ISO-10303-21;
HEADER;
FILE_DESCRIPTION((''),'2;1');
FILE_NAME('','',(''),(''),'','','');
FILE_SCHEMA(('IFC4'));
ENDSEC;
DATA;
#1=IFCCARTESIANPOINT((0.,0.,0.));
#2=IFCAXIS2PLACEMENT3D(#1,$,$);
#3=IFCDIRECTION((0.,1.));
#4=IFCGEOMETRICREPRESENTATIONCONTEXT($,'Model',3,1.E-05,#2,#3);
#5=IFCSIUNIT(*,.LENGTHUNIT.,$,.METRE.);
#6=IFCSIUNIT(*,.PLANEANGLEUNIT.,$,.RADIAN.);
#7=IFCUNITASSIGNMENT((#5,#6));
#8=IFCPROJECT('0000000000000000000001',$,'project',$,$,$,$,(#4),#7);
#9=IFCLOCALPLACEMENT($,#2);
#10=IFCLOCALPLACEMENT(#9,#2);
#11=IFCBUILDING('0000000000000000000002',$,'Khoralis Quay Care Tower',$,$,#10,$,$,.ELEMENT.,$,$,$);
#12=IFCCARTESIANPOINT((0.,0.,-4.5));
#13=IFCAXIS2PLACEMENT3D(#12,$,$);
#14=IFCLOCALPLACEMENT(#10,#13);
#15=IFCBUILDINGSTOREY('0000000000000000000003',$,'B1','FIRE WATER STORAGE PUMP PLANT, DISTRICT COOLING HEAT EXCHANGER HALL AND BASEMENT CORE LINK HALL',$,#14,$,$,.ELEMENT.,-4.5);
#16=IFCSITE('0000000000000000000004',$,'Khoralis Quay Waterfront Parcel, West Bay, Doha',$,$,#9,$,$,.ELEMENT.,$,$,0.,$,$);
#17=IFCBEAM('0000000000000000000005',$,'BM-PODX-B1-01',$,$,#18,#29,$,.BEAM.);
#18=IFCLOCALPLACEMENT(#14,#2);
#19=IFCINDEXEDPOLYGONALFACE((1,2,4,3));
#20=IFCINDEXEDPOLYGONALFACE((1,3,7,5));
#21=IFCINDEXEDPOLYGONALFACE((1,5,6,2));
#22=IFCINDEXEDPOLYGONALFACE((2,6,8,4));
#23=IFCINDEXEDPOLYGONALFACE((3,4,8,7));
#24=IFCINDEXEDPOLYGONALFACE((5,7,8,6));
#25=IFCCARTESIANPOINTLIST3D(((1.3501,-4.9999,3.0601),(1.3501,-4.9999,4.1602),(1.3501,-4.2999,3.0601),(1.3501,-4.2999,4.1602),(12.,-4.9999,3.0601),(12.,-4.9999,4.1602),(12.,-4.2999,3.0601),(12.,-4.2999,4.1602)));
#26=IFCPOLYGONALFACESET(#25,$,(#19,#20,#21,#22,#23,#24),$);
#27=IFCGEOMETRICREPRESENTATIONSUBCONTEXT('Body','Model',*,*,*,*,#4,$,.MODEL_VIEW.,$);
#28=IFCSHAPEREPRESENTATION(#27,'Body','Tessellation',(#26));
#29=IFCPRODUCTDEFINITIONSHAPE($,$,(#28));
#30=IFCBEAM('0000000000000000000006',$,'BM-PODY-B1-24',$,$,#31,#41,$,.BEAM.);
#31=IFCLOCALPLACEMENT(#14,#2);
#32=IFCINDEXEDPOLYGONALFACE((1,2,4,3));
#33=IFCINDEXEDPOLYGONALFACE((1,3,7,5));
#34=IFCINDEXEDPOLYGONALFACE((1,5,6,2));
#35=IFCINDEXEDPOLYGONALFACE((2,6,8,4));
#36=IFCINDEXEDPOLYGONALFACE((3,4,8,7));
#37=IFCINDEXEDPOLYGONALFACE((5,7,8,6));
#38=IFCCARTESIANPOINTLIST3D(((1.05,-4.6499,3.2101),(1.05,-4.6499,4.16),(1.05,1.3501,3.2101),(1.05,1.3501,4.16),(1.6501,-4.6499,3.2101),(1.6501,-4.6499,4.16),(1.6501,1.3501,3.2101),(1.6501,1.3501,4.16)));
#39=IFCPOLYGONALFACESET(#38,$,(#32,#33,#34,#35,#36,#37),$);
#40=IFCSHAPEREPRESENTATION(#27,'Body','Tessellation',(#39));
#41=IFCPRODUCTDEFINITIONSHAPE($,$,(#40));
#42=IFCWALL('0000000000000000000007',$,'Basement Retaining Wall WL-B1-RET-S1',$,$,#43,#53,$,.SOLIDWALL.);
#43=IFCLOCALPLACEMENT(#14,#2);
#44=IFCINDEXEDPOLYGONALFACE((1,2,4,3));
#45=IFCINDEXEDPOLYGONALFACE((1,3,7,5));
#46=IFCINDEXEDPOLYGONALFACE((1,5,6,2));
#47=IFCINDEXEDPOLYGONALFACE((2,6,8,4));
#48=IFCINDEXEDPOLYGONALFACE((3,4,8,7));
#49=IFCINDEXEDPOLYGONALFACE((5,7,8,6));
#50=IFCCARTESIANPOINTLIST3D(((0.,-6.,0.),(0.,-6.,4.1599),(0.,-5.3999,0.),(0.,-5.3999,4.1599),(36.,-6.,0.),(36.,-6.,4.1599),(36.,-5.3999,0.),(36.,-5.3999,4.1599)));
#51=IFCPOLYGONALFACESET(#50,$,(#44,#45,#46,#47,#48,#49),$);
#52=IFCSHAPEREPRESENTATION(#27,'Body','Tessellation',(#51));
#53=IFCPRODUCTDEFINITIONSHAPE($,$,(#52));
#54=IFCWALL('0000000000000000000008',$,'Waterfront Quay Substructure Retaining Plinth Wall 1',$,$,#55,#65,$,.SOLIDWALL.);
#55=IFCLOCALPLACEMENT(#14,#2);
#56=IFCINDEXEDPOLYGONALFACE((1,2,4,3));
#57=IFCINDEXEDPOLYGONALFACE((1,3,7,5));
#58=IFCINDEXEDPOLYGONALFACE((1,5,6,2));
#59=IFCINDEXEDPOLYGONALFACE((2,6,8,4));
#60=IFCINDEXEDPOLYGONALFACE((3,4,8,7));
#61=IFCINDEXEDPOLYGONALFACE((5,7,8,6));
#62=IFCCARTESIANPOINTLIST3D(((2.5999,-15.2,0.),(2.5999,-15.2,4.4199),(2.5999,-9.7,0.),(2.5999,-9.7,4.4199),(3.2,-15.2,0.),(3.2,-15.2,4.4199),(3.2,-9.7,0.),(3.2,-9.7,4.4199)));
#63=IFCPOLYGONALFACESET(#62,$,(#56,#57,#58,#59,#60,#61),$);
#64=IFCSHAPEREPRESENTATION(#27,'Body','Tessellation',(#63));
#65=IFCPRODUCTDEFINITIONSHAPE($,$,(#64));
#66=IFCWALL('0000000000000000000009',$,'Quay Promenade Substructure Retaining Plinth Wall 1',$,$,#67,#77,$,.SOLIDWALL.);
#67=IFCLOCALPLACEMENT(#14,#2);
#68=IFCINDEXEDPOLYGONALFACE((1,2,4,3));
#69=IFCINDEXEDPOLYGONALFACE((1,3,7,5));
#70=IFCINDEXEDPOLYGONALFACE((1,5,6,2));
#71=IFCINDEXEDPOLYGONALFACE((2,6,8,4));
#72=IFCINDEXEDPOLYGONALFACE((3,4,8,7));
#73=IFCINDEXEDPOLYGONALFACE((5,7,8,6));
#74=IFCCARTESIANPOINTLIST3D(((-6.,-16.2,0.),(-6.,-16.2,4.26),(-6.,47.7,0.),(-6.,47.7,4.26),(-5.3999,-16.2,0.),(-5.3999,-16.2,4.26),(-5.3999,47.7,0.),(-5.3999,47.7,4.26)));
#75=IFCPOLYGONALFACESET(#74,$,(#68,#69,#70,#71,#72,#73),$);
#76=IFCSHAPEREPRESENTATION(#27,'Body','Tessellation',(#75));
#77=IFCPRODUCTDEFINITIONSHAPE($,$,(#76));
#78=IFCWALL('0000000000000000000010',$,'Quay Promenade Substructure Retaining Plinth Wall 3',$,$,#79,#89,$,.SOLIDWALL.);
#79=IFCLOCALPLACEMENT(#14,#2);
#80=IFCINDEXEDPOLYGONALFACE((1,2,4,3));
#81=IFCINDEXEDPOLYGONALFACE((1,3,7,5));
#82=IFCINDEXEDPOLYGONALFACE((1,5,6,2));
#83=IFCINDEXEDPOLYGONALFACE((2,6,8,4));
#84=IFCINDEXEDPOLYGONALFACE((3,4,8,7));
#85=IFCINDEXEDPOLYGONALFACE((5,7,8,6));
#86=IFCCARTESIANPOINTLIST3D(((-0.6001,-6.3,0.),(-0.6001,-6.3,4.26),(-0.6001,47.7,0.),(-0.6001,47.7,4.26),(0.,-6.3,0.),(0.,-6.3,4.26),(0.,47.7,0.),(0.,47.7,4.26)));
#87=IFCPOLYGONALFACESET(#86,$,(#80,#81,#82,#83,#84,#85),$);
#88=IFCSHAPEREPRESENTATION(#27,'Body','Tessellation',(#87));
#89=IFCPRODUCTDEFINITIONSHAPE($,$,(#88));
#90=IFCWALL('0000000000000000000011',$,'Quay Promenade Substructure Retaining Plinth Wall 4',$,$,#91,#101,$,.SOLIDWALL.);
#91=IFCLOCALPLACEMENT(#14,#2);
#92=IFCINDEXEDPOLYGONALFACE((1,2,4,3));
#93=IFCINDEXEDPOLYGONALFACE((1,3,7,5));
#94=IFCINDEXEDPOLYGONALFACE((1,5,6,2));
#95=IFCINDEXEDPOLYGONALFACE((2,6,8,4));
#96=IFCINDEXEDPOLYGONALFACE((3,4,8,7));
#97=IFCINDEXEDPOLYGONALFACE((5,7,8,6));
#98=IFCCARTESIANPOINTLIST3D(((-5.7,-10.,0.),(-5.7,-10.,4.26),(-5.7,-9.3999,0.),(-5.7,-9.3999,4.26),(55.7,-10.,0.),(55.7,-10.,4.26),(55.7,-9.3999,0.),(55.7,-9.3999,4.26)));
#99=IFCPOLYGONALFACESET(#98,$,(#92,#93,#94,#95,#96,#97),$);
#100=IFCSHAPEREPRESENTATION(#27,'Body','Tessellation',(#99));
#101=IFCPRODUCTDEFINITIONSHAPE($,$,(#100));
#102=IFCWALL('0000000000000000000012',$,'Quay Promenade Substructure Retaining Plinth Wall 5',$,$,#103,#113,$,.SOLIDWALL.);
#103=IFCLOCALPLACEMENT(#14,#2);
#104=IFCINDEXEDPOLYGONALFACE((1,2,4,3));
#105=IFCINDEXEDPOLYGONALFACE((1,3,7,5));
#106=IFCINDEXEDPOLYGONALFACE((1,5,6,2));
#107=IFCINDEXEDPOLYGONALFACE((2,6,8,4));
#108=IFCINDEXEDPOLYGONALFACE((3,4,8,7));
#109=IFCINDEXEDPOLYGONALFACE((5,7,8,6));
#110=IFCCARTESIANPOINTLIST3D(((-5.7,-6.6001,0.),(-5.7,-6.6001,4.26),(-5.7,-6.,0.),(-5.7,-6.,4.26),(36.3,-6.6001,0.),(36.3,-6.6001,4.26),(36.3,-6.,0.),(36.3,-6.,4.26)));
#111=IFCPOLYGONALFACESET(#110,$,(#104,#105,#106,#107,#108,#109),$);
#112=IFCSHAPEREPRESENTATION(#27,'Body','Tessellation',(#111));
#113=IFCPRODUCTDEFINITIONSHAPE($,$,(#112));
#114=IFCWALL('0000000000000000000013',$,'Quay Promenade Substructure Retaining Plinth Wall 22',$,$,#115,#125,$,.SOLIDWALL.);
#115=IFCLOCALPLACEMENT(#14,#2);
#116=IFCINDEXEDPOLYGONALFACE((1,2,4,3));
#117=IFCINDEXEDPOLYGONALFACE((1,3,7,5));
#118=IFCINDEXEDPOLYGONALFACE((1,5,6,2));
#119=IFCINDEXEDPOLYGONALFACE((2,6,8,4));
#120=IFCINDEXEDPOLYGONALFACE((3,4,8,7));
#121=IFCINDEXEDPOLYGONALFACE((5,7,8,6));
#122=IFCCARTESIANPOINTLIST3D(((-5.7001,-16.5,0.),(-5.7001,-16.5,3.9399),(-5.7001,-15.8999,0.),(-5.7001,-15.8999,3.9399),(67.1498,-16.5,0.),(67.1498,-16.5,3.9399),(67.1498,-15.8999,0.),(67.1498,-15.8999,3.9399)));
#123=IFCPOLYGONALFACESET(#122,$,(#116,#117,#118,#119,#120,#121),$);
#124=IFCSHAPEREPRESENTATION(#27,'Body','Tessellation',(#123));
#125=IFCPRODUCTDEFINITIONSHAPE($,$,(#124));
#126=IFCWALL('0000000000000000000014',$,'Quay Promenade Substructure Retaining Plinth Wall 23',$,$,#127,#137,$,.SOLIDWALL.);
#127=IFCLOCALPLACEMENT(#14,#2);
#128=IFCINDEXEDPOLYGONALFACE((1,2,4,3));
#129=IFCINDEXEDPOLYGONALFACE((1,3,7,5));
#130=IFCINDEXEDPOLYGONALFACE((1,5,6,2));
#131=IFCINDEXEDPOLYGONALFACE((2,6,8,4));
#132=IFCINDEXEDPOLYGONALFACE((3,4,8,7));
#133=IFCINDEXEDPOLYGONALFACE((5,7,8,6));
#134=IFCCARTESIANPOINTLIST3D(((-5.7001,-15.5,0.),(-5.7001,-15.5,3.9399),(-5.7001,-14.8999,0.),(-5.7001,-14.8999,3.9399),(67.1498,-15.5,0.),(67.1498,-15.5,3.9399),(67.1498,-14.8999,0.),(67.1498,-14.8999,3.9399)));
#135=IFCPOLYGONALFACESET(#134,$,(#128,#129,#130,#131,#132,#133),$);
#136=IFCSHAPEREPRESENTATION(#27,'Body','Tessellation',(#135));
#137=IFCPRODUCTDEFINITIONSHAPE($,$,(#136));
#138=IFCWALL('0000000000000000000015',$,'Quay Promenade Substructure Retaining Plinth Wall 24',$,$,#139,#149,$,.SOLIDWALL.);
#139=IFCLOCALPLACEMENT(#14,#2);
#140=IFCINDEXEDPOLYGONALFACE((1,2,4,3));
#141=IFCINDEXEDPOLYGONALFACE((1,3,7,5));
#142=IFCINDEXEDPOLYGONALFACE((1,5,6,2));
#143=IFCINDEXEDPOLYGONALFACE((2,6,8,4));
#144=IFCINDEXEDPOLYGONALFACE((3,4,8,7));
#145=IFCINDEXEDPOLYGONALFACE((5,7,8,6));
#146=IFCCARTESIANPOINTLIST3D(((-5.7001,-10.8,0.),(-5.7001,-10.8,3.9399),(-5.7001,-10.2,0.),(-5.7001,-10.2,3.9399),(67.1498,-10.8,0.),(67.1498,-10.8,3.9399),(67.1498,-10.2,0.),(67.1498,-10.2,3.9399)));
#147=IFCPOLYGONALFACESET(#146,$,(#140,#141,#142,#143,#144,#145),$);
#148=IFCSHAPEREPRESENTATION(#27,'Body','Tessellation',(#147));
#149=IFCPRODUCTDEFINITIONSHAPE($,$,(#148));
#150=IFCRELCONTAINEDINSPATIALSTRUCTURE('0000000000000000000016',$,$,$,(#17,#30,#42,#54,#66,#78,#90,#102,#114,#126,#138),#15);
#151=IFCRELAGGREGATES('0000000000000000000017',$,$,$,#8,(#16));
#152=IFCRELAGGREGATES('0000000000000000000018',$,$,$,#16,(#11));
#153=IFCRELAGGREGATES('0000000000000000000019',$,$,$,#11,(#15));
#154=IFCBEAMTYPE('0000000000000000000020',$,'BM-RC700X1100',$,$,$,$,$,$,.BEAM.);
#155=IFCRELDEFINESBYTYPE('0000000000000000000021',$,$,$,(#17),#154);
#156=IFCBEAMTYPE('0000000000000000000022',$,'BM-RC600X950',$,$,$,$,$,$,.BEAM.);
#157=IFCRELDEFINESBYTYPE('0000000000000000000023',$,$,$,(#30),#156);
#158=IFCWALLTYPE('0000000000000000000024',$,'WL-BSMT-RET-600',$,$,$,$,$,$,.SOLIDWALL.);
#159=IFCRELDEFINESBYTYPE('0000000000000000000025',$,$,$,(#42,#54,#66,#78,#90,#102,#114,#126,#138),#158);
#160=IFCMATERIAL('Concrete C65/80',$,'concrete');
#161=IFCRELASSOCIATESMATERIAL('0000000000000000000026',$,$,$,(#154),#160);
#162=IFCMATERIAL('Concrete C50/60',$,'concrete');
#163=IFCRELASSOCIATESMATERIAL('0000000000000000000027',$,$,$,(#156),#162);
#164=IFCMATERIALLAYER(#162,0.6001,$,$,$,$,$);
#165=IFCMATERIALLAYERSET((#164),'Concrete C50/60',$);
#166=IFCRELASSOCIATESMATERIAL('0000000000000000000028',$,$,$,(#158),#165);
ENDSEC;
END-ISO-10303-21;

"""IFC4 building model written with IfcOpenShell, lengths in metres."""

from ifc_helpers import new_model, si_unit, direction, frame, frame_2d, origin, origin_2d, place, context, subcontext, project, spatial, rectangle, extrude, source, transform, mapped, material, layer, layer_set, material_profile, profile_set, type_object, element, save


model = new_model("IFC4")

# Units and contexts
model_context = context("Model", 3, precision=1e-05, world=origin(), true_north=direction((0.0, 1.0)))
body_context = subcontext(model_context, "Body", "Model", "MODEL_VIEW")
ifc_project = project(units=[si_unit("LENGTHUNIT", "METRE"), si_unit("PLANEANGLEUNIT", "RADIAN")], contexts=[model_context])

# Site, building, storey
site_placement = place(None, origin())
site = spatial("IfcSite", under=ifc_project, at=site_placement, Name="Khoralis Quay Waterfront Parcel, West Bay, Doha", CompositionType="ELEMENT", RefElevation=0.0)
building_placement = place(site_placement, origin())
building = spatial("IfcBuilding", under=site, at=building_placement, Name="Khoralis Quay Care Tower", CompositionType="ELEMENT")
storey_placement = place(building_placement, frame((0.0, 0.0, -4.5)))
storey = spatial("IfcBuildingStorey", under=building, at=storey_placement, Name="B1", Description="FIRE WATER STORAGE PUMP PLANT, DISTRICT COOLING HEAT EXCHANGER HALL AND BASEMENT CORE LINK HALL", CompositionType="ELEMENT", Elevation=-4.5)

# Shared definitions
ifc_material_1 = material(Name="Concrete C50/60", Category="concrete")

# Beams
ifc_material_2 = material(Name="Concrete C65/80", Category="concrete")
ifc_material_profile_1 = material_profile(ifc_material_2, rectangle(XDim=0.7, YDim=1.1001, at=origin_2d()), Name="Concrete C65/80")
ifc_profile_set_1 = profile_set([ifc_material_profile_1], Name="Concrete C65/80")
beam_type_1 = type_object("IfcBeamType", Name="BM-RC700X1100", PredefinedType="BEAM", material=ifc_profile_set_1)
shared_shape_1 = source(origin(), body_context, "Body", "SweptSolid", [
    extrude(rectangle(XDim=0.7, YDim=1.1001, at=origin_2d()), origin(), (0.0, 0.0, 1.0), 10.6499),
])
beam_1_placement = place(storey_placement, frame((1.3501, -4.6499, 3.6101), z_axis=(1.0, 0.0, 0.0), x_axis=(0.0, 1.0, 0.0)))
element("IfcBeam", 1, at=beam_1_placement, inside=storey, type_object=beam_type_1, Name="BM-PODX-B1-01", PredefinedType="BEAM", context=body_context, shape_type="MappedRepresentation", body=[
    mapped(shared_shape_1, transform((0.0, 0.0, 0.0), scale=1.0)),
])
ifc_material_profile_2 = material_profile(ifc_material_1, rectangle(XDim=0.6001, YDim=0.95, at=origin_2d()), Name="Concrete C50/60")
ifc_profile_set_2 = profile_set([ifc_material_profile_2], Name="Concrete C50/60")
beam_type_2 = type_object("IfcBeamType", Name="BM-RC600X950", PredefinedType="BEAM", material=ifc_profile_set_2)
shared_shape_2 = source(origin(), body_context, "Body", "SweptSolid", [
    extrude(rectangle(XDim=0.6001, YDim=0.95, at=origin_2d()), origin(), (0.0, 0.0, 1.0), 6.0),
])
beam_2_placement = place(storey_placement, frame((1.3501, -4.6499, 3.6851), z_axis=(0.0, 1.0, 0.0), x_axis=(-1.0, 0.0, 0.0)))
element("IfcBeam", 2, at=beam_2_placement, inside=storey, type_object=beam_type_2, Name="BM-PODY-B1-24", PredefinedType="BEAM", context=body_context, shape_type="MappedRepresentation", body=[
    mapped(shared_shape_2, transform((0.0, 0.0, 0.0), scale=1.0)),
])

# Walls
ifc_layer = layer(ifc_material_1, 0.6001)
ifc_layer_set = layer_set([ifc_layer], Name="Concrete C50/60")
wall_type = type_object("IfcWallType", Name="WL-BSMT-RET-600", PredefinedType="SOLIDWALL", material=ifc_layer_set)
wall_1_placement = place(storey_placement, frame((0.0, -5.7, 0.0), z_axis=(0.0, 0.0, 1.0), x_axis=(1.0, 0.0, 0.0)))
element("IfcWall", 3, at=wall_1_placement, inside=storey, type_object=wall_type, Name="Basement Retaining Wall WL-B1-RET-S1", PredefinedType="SOLIDWALL", context=body_context, shape_type="SweptSolid", body=[
    extrude(rectangle(XDim=36.0, YDim=0.6001, at=frame_2d((18.0, 0.0))), origin(), (0.0, 0.0, 1.0), 4.1599),
])
wall_2_placement = place(storey_placement, frame((2.8999, -15.2, 0.0), z_axis=(0.0, 0.0, 1.0), x_axis=(0.0, 1.0, 0.0)))
element("IfcWall", 4, at=wall_2_placement, inside=storey, type_object=wall_type, Name="Waterfront Quay Substructure Retaining Plinth Wall 1", PredefinedType="SOLIDWALL", context=body_context, shape_type="SweptSolid", body=[
    extrude(rectangle(XDim=5.5, YDim=0.6001, at=frame_2d((2.75, 0.0))), origin(), (0.0, 0.0, 1.0), 4.4199),
])
wall_3_placement = place(storey_placement, frame((-5.7, -16.2, 0.0), z_axis=(0.0, 0.0, 1.0), x_axis=(0.0, 1.0, 0.0)))
element("IfcWall", 5, at=wall_3_placement, inside=storey, type_object=wall_type, Name="Quay Promenade Substructure Retaining Plinth Wall 1", PredefinedType="SOLIDWALL", context=body_context, shape_type="SweptSolid", body=[
    extrude(rectangle(XDim=63.8999, YDim=0.6001, at=frame_2d((31.95, 0.0))), origin(), (0.0, 0.0, 1.0), 4.26),
])
wall_4_placement = place(storey_placement, frame((-0.3, -6.3, 0.0), z_axis=(0.0, 0.0, 1.0), x_axis=(0.0, 1.0, 0.0)))
element("IfcWall", 6, at=wall_4_placement, inside=storey, type_object=wall_type, Name="Quay Promenade Substructure Retaining Plinth Wall 3", PredefinedType="SOLIDWALL", context=body_context, shape_type="SweptSolid", body=[
    extrude(rectangle(XDim=54.0, YDim=0.6001, at=frame_2d((27.0, 0.0))), origin(), (0.0, 0.0, 1.0), 4.26),
])
wall_5_placement = place(storey_placement, frame((-5.7, -9.7, 0.0), z_axis=(0.0, 0.0, 1.0), x_axis=(1.0, 0.0, 0.0)))
element("IfcWall", 7, at=wall_5_placement, inside=storey, type_object=wall_type, Name="Quay Promenade Substructure Retaining Plinth Wall 4", PredefinedType="SOLIDWALL", context=body_context, shape_type="SweptSolid", body=[
    extrude(rectangle(XDim=61.3999, YDim=0.6001, at=frame_2d((30.7, 0.0))), origin(), (0.0, 0.0, 1.0), 4.26),
])
wall_6_placement = place(storey_placement, frame((-5.7, -6.3, 0.0), z_axis=(0.0, 0.0, 1.0), x_axis=(1.0, 0.0, 0.0)))
element("IfcWall", 8, at=wall_6_placement, inside=storey, type_object=wall_type, Name="Quay Promenade Substructure Retaining Plinth Wall 5", PredefinedType="SOLIDWALL", context=body_context, shape_type="SweptSolid", body=[
    extrude(rectangle(XDim=42.0, YDim=0.6001, at=frame_2d((21.0, 0.0))), origin(), (0.0, 0.0, 1.0), 4.26),
])
for number, where, z_axis, x_axis, name in (
    (9, (-5.7, -16.2, 0.0), (0.0, 0.0, 1.0), (1.0, 0.0, 0.0), "Quay Promenade Substructure Retaining Plinth Wall 22"),
    (10, (-5.7, -15.2, 0.0), (0.0, 0.0, 1.0), (1.0, 0.0, 0.0), "Quay Promenade Substructure Retaining Plinth Wall 23"),
    (11, (-5.7, -10.5, 0.0), (0.0, 0.0, 1.0), (1.0, 0.0, 0.0), "Quay Promenade Substructure Retaining Plinth Wall 24"),
):
    element("IfcWall", number, at=place(storey_placement, frame(where, z_axis=z_axis, x_axis=x_axis)), inside=storey, type_object=wall_type, Name=name, PredefinedType="SOLIDWALL", context=body_context, shape_type="SweptSolid", body=[
        extrude(rectangle(XDim=72.8499, YDim=0.6001, at=frame_2d((36.4248, 0.0))), origin(), (0.0, 0.0, 1.0), 3.9399),
    ])

save(model, "model.ifc")
